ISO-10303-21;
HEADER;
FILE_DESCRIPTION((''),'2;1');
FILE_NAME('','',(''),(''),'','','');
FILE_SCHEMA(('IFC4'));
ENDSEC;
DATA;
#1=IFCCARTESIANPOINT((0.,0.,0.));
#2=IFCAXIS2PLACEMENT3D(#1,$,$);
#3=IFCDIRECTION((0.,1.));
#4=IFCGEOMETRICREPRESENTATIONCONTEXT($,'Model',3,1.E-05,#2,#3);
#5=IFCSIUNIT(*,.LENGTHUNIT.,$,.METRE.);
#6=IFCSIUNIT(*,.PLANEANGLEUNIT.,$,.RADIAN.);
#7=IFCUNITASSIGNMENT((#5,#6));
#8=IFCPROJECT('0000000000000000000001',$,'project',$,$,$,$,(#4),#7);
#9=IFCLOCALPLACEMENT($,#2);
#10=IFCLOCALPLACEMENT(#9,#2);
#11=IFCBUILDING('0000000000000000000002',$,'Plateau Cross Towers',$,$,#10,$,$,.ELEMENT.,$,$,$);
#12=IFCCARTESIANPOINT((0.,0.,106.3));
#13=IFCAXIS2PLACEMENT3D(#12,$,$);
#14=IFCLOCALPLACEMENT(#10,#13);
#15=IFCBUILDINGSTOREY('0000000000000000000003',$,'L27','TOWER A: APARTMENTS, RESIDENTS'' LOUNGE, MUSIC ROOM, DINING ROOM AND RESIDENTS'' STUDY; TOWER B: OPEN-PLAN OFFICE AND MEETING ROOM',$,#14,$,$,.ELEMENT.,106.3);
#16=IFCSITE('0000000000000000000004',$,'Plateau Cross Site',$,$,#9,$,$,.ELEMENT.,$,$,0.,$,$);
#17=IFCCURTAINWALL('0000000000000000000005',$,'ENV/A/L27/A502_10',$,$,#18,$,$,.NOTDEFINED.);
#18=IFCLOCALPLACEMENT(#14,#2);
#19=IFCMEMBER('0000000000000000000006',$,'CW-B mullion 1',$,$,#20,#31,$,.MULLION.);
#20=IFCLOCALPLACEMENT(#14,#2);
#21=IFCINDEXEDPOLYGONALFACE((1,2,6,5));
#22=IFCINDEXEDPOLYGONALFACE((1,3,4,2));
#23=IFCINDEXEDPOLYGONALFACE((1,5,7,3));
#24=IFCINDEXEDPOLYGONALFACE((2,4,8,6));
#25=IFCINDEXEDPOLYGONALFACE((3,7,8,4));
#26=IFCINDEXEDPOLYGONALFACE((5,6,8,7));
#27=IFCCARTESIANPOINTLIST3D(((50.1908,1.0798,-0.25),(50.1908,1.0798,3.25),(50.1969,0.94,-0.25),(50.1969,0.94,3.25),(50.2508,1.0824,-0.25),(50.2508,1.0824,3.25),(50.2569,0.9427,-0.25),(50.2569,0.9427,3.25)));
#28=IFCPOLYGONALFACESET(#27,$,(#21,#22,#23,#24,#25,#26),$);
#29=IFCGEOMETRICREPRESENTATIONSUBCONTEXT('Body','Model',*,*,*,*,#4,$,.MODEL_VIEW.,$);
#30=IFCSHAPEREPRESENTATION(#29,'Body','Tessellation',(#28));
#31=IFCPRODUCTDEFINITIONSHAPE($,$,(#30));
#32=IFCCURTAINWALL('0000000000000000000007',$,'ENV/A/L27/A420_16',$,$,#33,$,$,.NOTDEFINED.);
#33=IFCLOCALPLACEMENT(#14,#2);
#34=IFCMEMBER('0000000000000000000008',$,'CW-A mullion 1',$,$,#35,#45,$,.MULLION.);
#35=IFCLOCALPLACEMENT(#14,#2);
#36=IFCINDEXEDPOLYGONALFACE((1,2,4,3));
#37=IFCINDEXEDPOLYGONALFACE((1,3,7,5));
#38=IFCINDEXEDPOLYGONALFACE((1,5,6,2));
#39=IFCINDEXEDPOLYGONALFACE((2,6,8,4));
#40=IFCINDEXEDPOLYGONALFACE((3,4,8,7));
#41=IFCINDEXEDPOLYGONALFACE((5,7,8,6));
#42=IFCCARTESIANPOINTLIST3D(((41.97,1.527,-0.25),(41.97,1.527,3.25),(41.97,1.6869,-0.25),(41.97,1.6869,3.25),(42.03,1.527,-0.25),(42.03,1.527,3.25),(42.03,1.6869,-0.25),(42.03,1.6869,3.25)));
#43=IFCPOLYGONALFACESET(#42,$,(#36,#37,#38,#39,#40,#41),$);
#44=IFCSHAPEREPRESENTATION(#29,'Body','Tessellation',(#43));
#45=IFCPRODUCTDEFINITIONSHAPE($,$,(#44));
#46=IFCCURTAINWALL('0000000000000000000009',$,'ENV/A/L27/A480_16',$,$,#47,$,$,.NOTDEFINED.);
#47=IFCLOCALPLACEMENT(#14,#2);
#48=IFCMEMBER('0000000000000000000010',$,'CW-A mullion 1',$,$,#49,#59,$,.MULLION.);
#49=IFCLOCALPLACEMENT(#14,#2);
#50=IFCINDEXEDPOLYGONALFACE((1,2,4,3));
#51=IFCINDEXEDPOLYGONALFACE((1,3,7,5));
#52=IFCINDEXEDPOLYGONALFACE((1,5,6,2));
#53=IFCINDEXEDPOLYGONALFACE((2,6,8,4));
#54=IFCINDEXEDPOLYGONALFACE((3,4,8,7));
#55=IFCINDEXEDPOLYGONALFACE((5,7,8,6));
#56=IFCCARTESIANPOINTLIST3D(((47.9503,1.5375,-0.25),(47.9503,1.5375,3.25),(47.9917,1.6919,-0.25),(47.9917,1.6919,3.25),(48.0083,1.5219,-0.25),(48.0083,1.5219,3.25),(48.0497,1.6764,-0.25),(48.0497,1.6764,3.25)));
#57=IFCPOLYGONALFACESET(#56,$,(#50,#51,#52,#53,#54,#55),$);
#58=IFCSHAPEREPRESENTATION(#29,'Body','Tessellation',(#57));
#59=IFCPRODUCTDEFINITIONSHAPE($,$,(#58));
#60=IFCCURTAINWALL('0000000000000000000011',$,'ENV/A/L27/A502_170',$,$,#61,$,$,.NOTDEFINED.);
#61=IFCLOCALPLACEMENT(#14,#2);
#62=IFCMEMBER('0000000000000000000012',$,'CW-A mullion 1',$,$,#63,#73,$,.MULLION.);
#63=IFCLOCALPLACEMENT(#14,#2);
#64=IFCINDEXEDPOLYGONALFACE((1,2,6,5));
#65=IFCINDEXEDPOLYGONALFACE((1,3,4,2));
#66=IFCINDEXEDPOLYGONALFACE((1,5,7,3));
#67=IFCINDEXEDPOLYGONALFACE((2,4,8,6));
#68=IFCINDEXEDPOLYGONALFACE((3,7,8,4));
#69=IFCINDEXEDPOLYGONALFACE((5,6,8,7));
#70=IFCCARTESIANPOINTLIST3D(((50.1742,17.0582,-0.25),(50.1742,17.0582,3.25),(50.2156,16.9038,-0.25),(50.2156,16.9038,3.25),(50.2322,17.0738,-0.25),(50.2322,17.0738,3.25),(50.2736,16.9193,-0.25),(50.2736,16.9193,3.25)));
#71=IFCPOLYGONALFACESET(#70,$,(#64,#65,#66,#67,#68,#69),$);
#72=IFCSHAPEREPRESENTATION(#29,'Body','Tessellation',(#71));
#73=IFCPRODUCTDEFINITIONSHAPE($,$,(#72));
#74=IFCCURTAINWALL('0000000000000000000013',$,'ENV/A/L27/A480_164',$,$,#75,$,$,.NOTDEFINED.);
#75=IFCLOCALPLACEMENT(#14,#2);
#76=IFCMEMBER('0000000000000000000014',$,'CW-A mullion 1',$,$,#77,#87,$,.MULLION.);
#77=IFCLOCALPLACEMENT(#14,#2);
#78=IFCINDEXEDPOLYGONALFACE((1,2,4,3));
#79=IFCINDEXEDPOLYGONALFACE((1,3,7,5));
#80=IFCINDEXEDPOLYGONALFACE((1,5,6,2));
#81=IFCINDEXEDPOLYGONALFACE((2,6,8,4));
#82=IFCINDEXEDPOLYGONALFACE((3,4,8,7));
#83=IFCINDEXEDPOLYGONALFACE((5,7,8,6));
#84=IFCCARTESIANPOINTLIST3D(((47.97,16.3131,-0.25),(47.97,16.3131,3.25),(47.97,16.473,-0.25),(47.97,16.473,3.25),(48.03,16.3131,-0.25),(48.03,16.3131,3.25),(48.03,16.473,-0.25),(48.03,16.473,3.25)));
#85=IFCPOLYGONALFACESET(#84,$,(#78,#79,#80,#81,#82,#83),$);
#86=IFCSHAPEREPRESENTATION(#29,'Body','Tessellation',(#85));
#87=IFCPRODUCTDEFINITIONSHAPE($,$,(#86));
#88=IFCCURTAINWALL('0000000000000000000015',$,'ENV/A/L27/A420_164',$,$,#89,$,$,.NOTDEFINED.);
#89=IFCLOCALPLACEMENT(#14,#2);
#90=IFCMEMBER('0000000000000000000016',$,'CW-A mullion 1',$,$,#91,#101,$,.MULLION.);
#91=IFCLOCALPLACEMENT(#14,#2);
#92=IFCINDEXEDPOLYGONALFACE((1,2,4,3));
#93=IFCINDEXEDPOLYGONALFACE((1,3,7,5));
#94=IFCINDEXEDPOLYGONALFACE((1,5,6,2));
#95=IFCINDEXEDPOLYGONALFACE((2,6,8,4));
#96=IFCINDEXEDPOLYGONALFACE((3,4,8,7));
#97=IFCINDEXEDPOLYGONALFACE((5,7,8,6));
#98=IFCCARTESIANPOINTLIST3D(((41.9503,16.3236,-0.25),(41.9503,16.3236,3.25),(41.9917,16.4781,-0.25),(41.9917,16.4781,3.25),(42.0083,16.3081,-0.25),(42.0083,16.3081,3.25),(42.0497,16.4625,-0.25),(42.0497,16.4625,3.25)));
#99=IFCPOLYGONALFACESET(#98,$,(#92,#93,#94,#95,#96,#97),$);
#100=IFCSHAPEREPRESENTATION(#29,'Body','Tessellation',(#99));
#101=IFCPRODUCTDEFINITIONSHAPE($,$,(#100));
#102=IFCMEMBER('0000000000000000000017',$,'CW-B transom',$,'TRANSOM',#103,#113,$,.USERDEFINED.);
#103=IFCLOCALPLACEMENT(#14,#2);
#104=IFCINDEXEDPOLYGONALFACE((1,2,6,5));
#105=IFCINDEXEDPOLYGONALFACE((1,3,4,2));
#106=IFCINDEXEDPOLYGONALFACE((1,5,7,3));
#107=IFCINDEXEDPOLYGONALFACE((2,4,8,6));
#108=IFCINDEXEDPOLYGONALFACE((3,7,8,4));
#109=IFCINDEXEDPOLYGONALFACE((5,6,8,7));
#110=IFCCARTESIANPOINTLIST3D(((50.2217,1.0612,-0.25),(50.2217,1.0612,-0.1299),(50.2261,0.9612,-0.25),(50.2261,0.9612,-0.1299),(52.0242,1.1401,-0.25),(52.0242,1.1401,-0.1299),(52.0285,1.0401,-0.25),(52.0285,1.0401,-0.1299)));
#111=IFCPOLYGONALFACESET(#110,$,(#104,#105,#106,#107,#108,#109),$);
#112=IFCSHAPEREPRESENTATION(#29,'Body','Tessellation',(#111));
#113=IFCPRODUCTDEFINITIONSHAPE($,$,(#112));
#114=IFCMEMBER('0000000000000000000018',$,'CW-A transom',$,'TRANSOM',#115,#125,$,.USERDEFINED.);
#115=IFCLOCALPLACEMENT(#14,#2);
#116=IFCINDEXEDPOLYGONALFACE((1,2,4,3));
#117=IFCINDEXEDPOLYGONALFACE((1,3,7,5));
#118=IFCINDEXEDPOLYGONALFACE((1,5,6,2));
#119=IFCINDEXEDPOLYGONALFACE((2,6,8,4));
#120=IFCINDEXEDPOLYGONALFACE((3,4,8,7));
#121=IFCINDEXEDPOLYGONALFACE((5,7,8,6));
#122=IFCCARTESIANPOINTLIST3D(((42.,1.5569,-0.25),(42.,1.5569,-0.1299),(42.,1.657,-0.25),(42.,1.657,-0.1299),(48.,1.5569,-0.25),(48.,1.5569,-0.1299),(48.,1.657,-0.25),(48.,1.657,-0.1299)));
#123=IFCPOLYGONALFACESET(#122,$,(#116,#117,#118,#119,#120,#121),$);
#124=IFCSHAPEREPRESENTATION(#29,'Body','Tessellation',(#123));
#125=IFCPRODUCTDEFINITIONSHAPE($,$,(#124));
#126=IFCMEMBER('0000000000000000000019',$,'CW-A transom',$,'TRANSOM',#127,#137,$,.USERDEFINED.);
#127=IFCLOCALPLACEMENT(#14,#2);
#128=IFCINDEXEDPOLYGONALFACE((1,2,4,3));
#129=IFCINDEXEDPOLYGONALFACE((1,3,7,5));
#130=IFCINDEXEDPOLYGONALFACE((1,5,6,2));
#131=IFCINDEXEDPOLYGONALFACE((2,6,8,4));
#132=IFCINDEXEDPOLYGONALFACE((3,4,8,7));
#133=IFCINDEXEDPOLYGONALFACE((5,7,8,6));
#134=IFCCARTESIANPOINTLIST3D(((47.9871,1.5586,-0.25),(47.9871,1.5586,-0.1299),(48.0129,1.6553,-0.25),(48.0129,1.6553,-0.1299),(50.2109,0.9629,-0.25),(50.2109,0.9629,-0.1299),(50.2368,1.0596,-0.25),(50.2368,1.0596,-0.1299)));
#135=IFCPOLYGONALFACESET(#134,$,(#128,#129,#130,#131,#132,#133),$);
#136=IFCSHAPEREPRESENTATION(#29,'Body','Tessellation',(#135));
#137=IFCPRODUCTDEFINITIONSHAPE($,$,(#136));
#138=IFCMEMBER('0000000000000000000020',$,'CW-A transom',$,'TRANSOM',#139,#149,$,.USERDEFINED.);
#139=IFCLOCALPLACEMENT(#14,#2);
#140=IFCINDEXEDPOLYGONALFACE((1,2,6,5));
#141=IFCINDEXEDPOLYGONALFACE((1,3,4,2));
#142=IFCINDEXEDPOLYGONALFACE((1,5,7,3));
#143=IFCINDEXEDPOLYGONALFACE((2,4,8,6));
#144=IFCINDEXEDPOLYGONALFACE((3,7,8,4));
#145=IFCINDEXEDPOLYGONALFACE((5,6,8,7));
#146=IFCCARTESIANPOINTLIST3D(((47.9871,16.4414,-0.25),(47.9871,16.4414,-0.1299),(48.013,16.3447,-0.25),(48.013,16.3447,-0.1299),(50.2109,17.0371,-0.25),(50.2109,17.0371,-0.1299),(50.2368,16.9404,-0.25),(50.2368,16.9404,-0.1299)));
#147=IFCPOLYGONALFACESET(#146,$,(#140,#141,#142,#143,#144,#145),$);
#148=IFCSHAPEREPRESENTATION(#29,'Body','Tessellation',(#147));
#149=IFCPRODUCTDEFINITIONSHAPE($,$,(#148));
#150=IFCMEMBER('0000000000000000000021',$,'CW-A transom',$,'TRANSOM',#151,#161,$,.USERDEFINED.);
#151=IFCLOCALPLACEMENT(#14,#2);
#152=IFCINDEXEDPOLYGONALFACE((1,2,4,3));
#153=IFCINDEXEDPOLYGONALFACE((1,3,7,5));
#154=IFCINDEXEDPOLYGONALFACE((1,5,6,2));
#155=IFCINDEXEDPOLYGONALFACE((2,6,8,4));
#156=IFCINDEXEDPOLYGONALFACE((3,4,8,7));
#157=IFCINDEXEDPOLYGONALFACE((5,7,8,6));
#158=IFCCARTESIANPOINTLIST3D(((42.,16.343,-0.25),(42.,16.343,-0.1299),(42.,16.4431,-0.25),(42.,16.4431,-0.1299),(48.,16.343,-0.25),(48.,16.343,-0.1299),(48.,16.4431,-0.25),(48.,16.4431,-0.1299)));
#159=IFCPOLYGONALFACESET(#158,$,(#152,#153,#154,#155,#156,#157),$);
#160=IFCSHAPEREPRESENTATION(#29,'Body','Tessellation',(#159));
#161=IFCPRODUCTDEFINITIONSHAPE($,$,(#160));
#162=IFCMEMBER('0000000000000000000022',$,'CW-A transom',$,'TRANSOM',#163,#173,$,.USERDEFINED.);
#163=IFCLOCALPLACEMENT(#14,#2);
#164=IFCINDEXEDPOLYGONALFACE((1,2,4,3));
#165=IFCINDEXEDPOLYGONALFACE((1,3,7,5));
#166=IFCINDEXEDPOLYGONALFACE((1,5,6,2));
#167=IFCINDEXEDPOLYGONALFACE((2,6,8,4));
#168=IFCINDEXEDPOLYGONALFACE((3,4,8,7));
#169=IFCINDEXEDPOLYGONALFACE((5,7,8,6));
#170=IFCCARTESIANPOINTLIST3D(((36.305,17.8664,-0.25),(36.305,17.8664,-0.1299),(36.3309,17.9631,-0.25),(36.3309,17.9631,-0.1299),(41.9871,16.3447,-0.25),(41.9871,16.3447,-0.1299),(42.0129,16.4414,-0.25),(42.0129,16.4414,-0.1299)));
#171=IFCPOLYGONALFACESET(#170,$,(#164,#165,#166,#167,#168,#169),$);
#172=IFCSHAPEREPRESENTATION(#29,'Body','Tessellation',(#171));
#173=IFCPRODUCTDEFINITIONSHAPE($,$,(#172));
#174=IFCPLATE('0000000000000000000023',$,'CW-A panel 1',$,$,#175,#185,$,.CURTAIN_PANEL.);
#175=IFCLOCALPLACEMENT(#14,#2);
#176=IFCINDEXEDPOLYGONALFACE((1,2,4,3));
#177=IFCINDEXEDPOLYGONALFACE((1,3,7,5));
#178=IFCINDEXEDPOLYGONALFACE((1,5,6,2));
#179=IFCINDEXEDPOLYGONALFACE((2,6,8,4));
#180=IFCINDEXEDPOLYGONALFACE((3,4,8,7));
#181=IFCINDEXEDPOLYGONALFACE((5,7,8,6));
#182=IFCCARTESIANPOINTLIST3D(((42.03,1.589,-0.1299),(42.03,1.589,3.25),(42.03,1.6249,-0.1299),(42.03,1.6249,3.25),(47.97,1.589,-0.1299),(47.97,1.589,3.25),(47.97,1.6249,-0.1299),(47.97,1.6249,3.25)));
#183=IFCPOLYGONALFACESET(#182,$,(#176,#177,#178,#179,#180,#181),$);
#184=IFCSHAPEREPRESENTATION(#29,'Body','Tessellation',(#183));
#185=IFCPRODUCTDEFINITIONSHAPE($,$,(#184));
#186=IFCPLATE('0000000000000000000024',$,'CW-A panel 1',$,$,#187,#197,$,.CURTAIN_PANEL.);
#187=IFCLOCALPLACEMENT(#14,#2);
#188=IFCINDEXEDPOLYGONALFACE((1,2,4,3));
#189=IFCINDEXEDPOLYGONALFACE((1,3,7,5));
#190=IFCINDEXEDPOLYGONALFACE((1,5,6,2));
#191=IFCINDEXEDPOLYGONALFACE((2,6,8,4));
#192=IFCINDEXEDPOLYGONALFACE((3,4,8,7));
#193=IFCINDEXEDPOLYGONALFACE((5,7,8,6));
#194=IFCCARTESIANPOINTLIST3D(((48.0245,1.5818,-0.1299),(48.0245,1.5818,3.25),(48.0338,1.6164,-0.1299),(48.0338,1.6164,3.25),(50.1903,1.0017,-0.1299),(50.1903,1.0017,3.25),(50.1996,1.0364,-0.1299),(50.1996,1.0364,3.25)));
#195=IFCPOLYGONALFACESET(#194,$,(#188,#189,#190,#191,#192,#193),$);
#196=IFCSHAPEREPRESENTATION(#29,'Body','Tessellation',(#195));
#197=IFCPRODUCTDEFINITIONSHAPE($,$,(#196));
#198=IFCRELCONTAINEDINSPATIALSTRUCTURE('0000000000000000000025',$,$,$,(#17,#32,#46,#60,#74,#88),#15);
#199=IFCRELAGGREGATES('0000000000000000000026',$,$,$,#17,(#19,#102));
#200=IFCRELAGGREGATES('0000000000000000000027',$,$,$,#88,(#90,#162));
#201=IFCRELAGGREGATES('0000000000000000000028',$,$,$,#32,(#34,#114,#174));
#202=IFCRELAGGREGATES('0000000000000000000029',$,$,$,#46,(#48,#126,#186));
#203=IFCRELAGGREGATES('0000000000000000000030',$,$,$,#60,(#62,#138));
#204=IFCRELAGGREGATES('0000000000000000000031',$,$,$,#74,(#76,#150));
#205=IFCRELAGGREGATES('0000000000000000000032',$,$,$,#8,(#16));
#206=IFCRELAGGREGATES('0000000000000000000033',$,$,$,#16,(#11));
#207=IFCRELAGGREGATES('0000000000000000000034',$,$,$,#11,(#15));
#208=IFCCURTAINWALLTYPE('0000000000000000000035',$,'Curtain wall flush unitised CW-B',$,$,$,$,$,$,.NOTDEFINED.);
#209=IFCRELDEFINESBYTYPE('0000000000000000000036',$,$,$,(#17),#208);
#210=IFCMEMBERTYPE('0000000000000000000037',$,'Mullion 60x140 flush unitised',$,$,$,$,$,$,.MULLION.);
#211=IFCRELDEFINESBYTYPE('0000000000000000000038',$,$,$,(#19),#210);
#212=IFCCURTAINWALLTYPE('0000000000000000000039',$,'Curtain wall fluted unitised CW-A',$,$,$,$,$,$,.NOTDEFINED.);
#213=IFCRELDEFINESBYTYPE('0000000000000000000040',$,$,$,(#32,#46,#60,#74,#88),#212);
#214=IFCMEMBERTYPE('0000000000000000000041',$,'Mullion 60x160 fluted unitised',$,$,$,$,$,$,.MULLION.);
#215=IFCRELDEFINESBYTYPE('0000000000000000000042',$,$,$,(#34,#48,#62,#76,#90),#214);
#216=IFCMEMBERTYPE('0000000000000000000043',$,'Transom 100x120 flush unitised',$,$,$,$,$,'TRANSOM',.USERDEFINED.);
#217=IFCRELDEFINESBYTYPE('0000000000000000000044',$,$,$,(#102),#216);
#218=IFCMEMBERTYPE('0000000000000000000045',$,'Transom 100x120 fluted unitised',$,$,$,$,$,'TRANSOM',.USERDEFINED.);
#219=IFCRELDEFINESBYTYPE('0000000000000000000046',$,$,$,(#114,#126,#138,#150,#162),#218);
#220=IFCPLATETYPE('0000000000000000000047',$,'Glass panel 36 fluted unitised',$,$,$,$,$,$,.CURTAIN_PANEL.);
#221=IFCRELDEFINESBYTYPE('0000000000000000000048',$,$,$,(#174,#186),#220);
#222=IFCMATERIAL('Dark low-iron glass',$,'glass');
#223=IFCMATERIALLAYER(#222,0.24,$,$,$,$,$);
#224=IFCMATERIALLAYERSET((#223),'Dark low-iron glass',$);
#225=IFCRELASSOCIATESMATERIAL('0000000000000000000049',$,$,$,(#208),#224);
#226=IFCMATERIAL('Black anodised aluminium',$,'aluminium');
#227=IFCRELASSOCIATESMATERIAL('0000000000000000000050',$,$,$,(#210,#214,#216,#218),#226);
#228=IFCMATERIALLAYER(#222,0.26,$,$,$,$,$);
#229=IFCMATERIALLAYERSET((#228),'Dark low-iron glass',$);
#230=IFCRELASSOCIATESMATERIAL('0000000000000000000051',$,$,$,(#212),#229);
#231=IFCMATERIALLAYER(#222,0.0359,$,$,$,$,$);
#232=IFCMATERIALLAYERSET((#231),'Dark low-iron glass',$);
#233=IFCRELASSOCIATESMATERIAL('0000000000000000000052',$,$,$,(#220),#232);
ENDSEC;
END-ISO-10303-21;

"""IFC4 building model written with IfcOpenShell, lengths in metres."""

from ifc_helpers import new_model, si_unit, direction, frame, origin, origin_2d, place, context, subcontext, project, spatial, rectangle, extrude, material, layer, layer_set, material_profile, profile_set, type_object, element, aggregate, save


model = new_model("IFC4")

# Units and contexts
model_context = context("Model", 3, precision=1e-05, world=origin(), true_north=direction((0.0, 1.0)))
body_context = subcontext(model_context, "Body", "Model", "MODEL_VIEW")
ifc_project = project(units=[si_unit("LENGTHUNIT", "METRE"), si_unit("PLANEANGLEUNIT", "RADIAN")], contexts=[model_context])

# Site, building, storey
site_placement = place(None, origin())
site = spatial("IfcSite", under=ifc_project, at=site_placement, Name="Plateau Cross Site", CompositionType="ELEMENT", RefElevation=0.0)
building_placement = place(site_placement, origin())
building = spatial("IfcBuilding", under=site, at=building_placement, Name="Plateau Cross Towers", CompositionType="ELEMENT")
storey_placement = place(building_placement, frame((0.0, 0.0, 106.3)))
storey = spatial("IfcBuildingStorey", under=building, at=storey_placement, Name="L27", Description="TOWER A: APARTMENTS, RESIDENTS' LOUNGE, MUSIC ROOM, DINING ROOM AND RESIDENTS' STUDY; TOWER B: OPEN-PLAN OFFICE AND MEETING ROOM", CompositionType="ELEMENT", Elevation=106.3)

# Curtain walls, members
ifc_material_1 = material(Name="Dark low-iron glass", Category="glass")
ifc_layer_1 = layer(ifc_material_1, 0.24)
ifc_layer_set_1 = layer_set([ifc_layer_1], Name="Dark low-iron glass")
curtain_wall_type_1 = type_object("IfcCurtainWallType", Name="Curtain wall flush unitised CW-B", PredefinedType="NOTDEFINED", material=ifc_layer_set_1)
curtain_wall_1_placement = place(storey_placement, origin())
curtain_wall_1 = element("IfcCurtainWall", 1, at=curtain_wall_1_placement, inside=storey, type_object=curtain_wall_type_1, Name="ENV/A/L27/A502_10", PredefinedType="NOTDEFINED")
ifc_material_2 = material(Name="Black anodised aluminium", Category="aluminium")
ifc_material_profile_1 = material_profile(ifc_material_2, rectangle(XDim=0.0601, YDim=0.1399, at=origin_2d()), Name="MULLION 60x140")
ifc_profile_set_1 = profile_set([ifc_material_profile_1], Name="Black anodised aluminium")
member_type_1 = type_object("IfcMemberType", Name="Mullion 60x140 flush unitised", PredefinedType="MULLION", material=ifc_profile_set_1)
member_1_placement = place(storey_placement, frame((50.2239, 1.0112, -0.25), z_axis=(0.0, 0.0, 1.0), x_axis=(0.999044, 0.043723, 0.0)))
member_1 = element("IfcMember", 2, at=member_1_placement, type_object=member_type_1, Name="CW-B mullion 1", PredefinedType="MULLION", context=body_context, shape_type="SweptSolid", body=[
    extrude(rectangle(XDim=0.0601, YDim=0.1399, at=origin_2d()), origin(), (0.0, 0.0, 1.0), 3.5),
])
ifc_layer_2 = layer(ifc_material_1, 0.26)
ifc_layer_set_2 = layer_set([ifc_layer_2], Name="Dark low-iron glass")
curtain_wall_type_2 = type_object("IfcCurtainWallType", Name="Curtain wall fluted unitised CW-A", PredefinedType="NOTDEFINED", material=ifc_layer_set_2)
curtain_wall_2_placement = place(storey_placement, origin())
curtain_wall_2 = element("IfcCurtainWall", 3, at=curtain_wall_2_placement, inside=storey, type_object=curtain_wall_type_2, Name="ENV/A/L27/A420_16", PredefinedType="NOTDEFINED")
ifc_material_profile_2 = material_profile(ifc_material_2, rectangle(XDim=0.0601, YDim=0.1599, at=origin_2d()), Name="MULLION 60x160")
ifc_profile_set_2 = profile_set([ifc_material_profile_2], Name="Black anodised aluminium")
member_type_2 = type_object("IfcMemberType", Name="Mullion 60x160 fluted unitised", PredefinedType="MULLION", material=ifc_profile_set_2)
member_2_placement = place(storey_placement, frame((42.0, 1.6069, -0.25), z_axis=(0.0, 0.0, 1.0), x_axis=(1.0, 0.0, 0.0)))
member_2 = element("IfcMember", 4, at=member_2_placement, type_object=member_type_2, Name="CW-A mullion 1", PredefinedType="MULLION", context=body_context, shape_type="SweptSolid", body=[
    extrude(rectangle(XDim=0.0601, YDim=0.1599, at=origin_2d()), origin(), (0.0, 0.0, 1.0), 3.5),
])
curtain_wall_3_placement = place(storey_placement, origin())
curtain_wall_3 = element("IfcCurtainWall", 5, at=curtain_wall_3_placement, inside=storey, type_object=curtain_wall_type_2, Name="ENV/A/L27/A480_16", PredefinedType="NOTDEFINED")
member_3_placement = place(storey_placement, frame((48.0, 1.6069, -0.25), z_axis=(0.0, 0.0, 1.0), x_axis=(0.965958, -0.258699, 0.0)))
member_3 = element("IfcMember", 6, at=member_3_placement, type_object=member_type_2, Name="CW-A mullion 1", PredefinedType="MULLION", context=body_context, shape_type="SweptSolid", body=[
    extrude(rectangle(XDim=0.0601, YDim=0.1599, at=origin_2d()), origin(), (0.0, 0.0, 1.0), 3.5),
])
curtain_wall_4_placement = place(storey_placement, origin())
curtain_wall_4 = element("IfcCurtainWall", 7, at=curtain_wall_4_placement, inside=storey, type_object=curtain_wall_type_2, Name="ENV/A/L27/A502_170", PredefinedType="NOTDEFINED")
member_4_placement = place(storey_placement, frame((50.2239, 16.9888, -0.25), z_axis=(0.0, 0.0, 1.0), x_axis=(-0.965958, -0.258699, 0.0)))
member_4 = element("IfcMember", 8, at=member_4_placement, type_object=member_type_2, Name="CW-A mullion 1", PredefinedType="MULLION", context=body_context, shape_type="SweptSolid", body=[
    extrude(rectangle(XDim=0.0601, YDim=0.1599, at=origin_2d()), origin(), (0.0, 0.0, 1.0), 3.5),
])
curtain_wall_5_placement = place(storey_placement, origin())
curtain_wall_5 = element("IfcCurtainWall", 9, at=curtain_wall_5_placement, inside=storey, type_object=curtain_wall_type_2, Name="ENV/A/L27/A480_164", PredefinedType="NOTDEFINED")
member_5_placement = place(storey_placement, frame((48.0, 16.3931, -0.25), z_axis=(0.0, 0.0, 1.0), x_axis=(-1.0, 0.0, 0.0)))
member_5 = element("IfcMember", 10, at=member_5_placement, type_object=member_type_2, Name="CW-A mullion 1", PredefinedType="MULLION", context=body_context, shape_type="SweptSolid", body=[
    extrude(rectangle(XDim=0.0601, YDim=0.1599, at=origin_2d()), origin(), (0.0, 0.0, 1.0), 3.5),
])
curtain_wall_6_placement = place(storey_placement, origin())
curtain_wall_6 = element("IfcCurtainWall", 11, at=curtain_wall_6_placement, inside=storey, type_object=curtain_wall_type_2, Name="ENV/A/L27/A420_164", PredefinedType="NOTDEFINED")
member_6_placement = place(storey_placement, frame((42.0, 16.3931, -0.25), z_axis=(0.0, 0.0, 1.0), x_axis=(-0.965958, 0.258699, 0.0)))
member_6 = element("IfcMember", 12, at=member_6_placement, type_object=member_type_2, Name="CW-A mullion 1", PredefinedType="MULLION", context=body_context, shape_type="SweptSolid", body=[
    extrude(rectangle(XDim=0.0601, YDim=0.1599, at=origin_2d()), origin(), (0.0, 0.0, 1.0), 3.5),
])

# Members
ifc_material_profile_3 = material_profile(ifc_material_2, rectangle(XDim=0.1001, YDim=0.1201, at=origin_2d()), Name="TRANSOM 100x120")
ifc_profile_set_3 = profile_set([ifc_material_profile_3], Name="Black anodised aluminium")
member_type_3 = type_object("IfcMemberType", Name="Transom 100x120 flush unitised", ElementType="TRANSOM", PredefinedType="USERDEFINED", material=ifc_profile_set_3)
member_7_placement = place(storey_placement, frame((50.2239, 1.0112, -0.1899), z_axis=(0.999044, 0.043707, 0.0), x_axis=(-0.043707, 0.999044, 0.0)))
member_7 = element("IfcMember", 13, at=member_7_placement, type_object=member_type_3, Name="CW-B transom", ObjectType="TRANSOM", PredefinedType="USERDEFINED", context=body_context, shape_type="SweptSolid", body=[
    extrude(rectangle(XDim=0.1001, YDim=0.1201, at=origin_2d()), origin(), (0.0, 0.0, 1.0), 1.8042),
])
aggregate(curtain_wall_1, [member_1, member_7])
ifc_material_profile_4 = material_profile(ifc_material_2, rectangle(XDim=0.1001, YDim=0.1201, at=origin_2d()), Name="TRANSOM 100x120")
ifc_profile_set_4 = profile_set([ifc_material_profile_4], Name="Black anodised aluminium")
member_type_4 = type_object("IfcMemberType", Name="Transom 100x120 fluted unitised", ElementType="TRANSOM", PredefinedType="USERDEFINED", material=ifc_profile_set_4)
member_8_placement = place(storey_placement, frame((42.0, 1.6069, -0.1899), z_axis=(1.0, 0.0, 0.0), x_axis=(0.0, 1.0, 0.0)))
member_8 = element("IfcMember", 14, at=member_8_placement, type_object=member_type_4, Name="CW-A transom", ObjectType="TRANSOM", PredefinedType="USERDEFINED", context=body_context, shape_type="SweptSolid", body=[
    extrude(rectangle(XDim=0.1001, YDim=0.1201, at=origin_2d()), origin(), (0.0, 0.0, 1.0), 6.0),
])
member_9_placement = place(storey_placement, frame((48.0, 1.6069, -0.1899), z_axis=(0.965946, -0.258745, 0.0), x_axis=(0.258745, 0.965946, 0.0)))
member_9 = element("IfcMember", 15, at=member_9_placement, type_object=member_type_4, Name="CW-A transom", ObjectType="TRANSOM", PredefinedType="USERDEFINED", context=body_context, shape_type="SweptSolid", body=[
    extrude(rectangle(XDim=0.1001, YDim=0.1201, at=origin_2d()), origin(), (0.0, 0.0, 1.0), 2.3022),
])
member_10_placement = place(storey_placement, frame((50.2239, 16.9888, -0.1899), z_axis=(-0.965946, -0.258745, 0.0), x_axis=(0.258745, -0.965946, 0.0)))
member_10 = element("IfcMember", 16, at=member_10_placement, type_object=member_type_4, Name="CW-A transom", ObjectType="TRANSOM", PredefinedType="USERDEFINED", context=body_context, shape_type="SweptSolid", body=[
    extrude(rectangle(XDim=0.1001, YDim=0.1201, at=origin_2d()), origin(), (0.0, 0.0, 1.0), 2.3022),
])
member_11_placement = place(storey_placement, frame((48.0, 16.3931, -0.1899), z_axis=(-1.0, 0.0, 0.0), x_axis=(0.0, -1.0, 0.0)))
member_11 = element("IfcMember", 17, at=member_11_placement, type_object=member_type_4, Name="CW-A transom", ObjectType="TRANSOM", PredefinedType="USERDEFINED", context=body_context, shape_type="SweptSolid", body=[
    extrude(rectangle(XDim=0.1001, YDim=0.1201, at=origin_2d()), origin(), (0.0, 0.0, 1.0), 6.0),
])
member_12_placement = place(storey_placement, frame((42.0, 16.3931, -0.1899), z_axis=(-0.96596, 0.258693, 0.0), x_axis=(-0.258693, -0.96596, 0.0)))
member_12 = element("IfcMember", 18, at=member_12_placement, type_object=member_type_4, Name="CW-A transom", ObjectType="TRANSOM", PredefinedType="USERDEFINED", context=body_context, shape_type="SweptSolid", body=[
    extrude(rectangle(XDim=0.1001, YDim=0.1201, at=origin_2d()), origin(), (0.0, 0.0, 1.0), 5.8823),
])
aggregate(curtain_wall_6, [member_6, member_12])

# Plates
ifc_layer_3 = layer(ifc_material_1, 0.0359)
ifc_layer_set_3 = layer_set([ifc_layer_3], Name="Dark low-iron glass")
plate_type = type_object("IfcPlateType", Name="Glass panel 36 fluted unitised", PredefinedType="CURTAIN_PANEL", material=ifc_layer_set_3)
plate_1_placement = place(storey_placement, frame((45.0, 1.6069, -0.1299), z_axis=(0.0, 0.0, 1.0), x_axis=(1.0, 0.0, 0.0)))
plate_1 = element("IfcPlate", 19, at=plate_1_placement, type_object=plate_type, Name="CW-A panel 1", PredefinedType="CURTAIN_PANEL", context=body_context, shape_type="SweptSolid", body=[
    extrude(rectangle(XDim=5.9399, YDim=0.0359, at=origin_2d()), origin(), (0.0, 0.0, 1.0), 3.3799),
])
aggregate(curtain_wall_2, [member_2, member_8, plate_1])
plate_2_placement = place(storey_placement, frame((49.1121, 1.3091, -0.1299), z_axis=(0.0, 0.0, 1.0), x_axis=(0.965958, -0.258699, 0.0)))
plate_2 = element("IfcPlate", 20, at=plate_2_placement, type_object=plate_type, Name="CW-A panel 1", PredefinedType="CURTAIN_PANEL", context=body_context, shape_type="SweptSolid", body=[
    extrude(rectangle(XDim=2.2422, YDim=0.0359, at=origin_2d()), origin(), (0.0, 0.0, 1.0), 3.3799),
])
aggregate(curtain_wall_3, [member_3, member_9, plate_2])
aggregate(curtain_wall_4, [member_4, member_10])
aggregate(curtain_wall_5, [member_5, member_11])

save(model, "model.ifc")
